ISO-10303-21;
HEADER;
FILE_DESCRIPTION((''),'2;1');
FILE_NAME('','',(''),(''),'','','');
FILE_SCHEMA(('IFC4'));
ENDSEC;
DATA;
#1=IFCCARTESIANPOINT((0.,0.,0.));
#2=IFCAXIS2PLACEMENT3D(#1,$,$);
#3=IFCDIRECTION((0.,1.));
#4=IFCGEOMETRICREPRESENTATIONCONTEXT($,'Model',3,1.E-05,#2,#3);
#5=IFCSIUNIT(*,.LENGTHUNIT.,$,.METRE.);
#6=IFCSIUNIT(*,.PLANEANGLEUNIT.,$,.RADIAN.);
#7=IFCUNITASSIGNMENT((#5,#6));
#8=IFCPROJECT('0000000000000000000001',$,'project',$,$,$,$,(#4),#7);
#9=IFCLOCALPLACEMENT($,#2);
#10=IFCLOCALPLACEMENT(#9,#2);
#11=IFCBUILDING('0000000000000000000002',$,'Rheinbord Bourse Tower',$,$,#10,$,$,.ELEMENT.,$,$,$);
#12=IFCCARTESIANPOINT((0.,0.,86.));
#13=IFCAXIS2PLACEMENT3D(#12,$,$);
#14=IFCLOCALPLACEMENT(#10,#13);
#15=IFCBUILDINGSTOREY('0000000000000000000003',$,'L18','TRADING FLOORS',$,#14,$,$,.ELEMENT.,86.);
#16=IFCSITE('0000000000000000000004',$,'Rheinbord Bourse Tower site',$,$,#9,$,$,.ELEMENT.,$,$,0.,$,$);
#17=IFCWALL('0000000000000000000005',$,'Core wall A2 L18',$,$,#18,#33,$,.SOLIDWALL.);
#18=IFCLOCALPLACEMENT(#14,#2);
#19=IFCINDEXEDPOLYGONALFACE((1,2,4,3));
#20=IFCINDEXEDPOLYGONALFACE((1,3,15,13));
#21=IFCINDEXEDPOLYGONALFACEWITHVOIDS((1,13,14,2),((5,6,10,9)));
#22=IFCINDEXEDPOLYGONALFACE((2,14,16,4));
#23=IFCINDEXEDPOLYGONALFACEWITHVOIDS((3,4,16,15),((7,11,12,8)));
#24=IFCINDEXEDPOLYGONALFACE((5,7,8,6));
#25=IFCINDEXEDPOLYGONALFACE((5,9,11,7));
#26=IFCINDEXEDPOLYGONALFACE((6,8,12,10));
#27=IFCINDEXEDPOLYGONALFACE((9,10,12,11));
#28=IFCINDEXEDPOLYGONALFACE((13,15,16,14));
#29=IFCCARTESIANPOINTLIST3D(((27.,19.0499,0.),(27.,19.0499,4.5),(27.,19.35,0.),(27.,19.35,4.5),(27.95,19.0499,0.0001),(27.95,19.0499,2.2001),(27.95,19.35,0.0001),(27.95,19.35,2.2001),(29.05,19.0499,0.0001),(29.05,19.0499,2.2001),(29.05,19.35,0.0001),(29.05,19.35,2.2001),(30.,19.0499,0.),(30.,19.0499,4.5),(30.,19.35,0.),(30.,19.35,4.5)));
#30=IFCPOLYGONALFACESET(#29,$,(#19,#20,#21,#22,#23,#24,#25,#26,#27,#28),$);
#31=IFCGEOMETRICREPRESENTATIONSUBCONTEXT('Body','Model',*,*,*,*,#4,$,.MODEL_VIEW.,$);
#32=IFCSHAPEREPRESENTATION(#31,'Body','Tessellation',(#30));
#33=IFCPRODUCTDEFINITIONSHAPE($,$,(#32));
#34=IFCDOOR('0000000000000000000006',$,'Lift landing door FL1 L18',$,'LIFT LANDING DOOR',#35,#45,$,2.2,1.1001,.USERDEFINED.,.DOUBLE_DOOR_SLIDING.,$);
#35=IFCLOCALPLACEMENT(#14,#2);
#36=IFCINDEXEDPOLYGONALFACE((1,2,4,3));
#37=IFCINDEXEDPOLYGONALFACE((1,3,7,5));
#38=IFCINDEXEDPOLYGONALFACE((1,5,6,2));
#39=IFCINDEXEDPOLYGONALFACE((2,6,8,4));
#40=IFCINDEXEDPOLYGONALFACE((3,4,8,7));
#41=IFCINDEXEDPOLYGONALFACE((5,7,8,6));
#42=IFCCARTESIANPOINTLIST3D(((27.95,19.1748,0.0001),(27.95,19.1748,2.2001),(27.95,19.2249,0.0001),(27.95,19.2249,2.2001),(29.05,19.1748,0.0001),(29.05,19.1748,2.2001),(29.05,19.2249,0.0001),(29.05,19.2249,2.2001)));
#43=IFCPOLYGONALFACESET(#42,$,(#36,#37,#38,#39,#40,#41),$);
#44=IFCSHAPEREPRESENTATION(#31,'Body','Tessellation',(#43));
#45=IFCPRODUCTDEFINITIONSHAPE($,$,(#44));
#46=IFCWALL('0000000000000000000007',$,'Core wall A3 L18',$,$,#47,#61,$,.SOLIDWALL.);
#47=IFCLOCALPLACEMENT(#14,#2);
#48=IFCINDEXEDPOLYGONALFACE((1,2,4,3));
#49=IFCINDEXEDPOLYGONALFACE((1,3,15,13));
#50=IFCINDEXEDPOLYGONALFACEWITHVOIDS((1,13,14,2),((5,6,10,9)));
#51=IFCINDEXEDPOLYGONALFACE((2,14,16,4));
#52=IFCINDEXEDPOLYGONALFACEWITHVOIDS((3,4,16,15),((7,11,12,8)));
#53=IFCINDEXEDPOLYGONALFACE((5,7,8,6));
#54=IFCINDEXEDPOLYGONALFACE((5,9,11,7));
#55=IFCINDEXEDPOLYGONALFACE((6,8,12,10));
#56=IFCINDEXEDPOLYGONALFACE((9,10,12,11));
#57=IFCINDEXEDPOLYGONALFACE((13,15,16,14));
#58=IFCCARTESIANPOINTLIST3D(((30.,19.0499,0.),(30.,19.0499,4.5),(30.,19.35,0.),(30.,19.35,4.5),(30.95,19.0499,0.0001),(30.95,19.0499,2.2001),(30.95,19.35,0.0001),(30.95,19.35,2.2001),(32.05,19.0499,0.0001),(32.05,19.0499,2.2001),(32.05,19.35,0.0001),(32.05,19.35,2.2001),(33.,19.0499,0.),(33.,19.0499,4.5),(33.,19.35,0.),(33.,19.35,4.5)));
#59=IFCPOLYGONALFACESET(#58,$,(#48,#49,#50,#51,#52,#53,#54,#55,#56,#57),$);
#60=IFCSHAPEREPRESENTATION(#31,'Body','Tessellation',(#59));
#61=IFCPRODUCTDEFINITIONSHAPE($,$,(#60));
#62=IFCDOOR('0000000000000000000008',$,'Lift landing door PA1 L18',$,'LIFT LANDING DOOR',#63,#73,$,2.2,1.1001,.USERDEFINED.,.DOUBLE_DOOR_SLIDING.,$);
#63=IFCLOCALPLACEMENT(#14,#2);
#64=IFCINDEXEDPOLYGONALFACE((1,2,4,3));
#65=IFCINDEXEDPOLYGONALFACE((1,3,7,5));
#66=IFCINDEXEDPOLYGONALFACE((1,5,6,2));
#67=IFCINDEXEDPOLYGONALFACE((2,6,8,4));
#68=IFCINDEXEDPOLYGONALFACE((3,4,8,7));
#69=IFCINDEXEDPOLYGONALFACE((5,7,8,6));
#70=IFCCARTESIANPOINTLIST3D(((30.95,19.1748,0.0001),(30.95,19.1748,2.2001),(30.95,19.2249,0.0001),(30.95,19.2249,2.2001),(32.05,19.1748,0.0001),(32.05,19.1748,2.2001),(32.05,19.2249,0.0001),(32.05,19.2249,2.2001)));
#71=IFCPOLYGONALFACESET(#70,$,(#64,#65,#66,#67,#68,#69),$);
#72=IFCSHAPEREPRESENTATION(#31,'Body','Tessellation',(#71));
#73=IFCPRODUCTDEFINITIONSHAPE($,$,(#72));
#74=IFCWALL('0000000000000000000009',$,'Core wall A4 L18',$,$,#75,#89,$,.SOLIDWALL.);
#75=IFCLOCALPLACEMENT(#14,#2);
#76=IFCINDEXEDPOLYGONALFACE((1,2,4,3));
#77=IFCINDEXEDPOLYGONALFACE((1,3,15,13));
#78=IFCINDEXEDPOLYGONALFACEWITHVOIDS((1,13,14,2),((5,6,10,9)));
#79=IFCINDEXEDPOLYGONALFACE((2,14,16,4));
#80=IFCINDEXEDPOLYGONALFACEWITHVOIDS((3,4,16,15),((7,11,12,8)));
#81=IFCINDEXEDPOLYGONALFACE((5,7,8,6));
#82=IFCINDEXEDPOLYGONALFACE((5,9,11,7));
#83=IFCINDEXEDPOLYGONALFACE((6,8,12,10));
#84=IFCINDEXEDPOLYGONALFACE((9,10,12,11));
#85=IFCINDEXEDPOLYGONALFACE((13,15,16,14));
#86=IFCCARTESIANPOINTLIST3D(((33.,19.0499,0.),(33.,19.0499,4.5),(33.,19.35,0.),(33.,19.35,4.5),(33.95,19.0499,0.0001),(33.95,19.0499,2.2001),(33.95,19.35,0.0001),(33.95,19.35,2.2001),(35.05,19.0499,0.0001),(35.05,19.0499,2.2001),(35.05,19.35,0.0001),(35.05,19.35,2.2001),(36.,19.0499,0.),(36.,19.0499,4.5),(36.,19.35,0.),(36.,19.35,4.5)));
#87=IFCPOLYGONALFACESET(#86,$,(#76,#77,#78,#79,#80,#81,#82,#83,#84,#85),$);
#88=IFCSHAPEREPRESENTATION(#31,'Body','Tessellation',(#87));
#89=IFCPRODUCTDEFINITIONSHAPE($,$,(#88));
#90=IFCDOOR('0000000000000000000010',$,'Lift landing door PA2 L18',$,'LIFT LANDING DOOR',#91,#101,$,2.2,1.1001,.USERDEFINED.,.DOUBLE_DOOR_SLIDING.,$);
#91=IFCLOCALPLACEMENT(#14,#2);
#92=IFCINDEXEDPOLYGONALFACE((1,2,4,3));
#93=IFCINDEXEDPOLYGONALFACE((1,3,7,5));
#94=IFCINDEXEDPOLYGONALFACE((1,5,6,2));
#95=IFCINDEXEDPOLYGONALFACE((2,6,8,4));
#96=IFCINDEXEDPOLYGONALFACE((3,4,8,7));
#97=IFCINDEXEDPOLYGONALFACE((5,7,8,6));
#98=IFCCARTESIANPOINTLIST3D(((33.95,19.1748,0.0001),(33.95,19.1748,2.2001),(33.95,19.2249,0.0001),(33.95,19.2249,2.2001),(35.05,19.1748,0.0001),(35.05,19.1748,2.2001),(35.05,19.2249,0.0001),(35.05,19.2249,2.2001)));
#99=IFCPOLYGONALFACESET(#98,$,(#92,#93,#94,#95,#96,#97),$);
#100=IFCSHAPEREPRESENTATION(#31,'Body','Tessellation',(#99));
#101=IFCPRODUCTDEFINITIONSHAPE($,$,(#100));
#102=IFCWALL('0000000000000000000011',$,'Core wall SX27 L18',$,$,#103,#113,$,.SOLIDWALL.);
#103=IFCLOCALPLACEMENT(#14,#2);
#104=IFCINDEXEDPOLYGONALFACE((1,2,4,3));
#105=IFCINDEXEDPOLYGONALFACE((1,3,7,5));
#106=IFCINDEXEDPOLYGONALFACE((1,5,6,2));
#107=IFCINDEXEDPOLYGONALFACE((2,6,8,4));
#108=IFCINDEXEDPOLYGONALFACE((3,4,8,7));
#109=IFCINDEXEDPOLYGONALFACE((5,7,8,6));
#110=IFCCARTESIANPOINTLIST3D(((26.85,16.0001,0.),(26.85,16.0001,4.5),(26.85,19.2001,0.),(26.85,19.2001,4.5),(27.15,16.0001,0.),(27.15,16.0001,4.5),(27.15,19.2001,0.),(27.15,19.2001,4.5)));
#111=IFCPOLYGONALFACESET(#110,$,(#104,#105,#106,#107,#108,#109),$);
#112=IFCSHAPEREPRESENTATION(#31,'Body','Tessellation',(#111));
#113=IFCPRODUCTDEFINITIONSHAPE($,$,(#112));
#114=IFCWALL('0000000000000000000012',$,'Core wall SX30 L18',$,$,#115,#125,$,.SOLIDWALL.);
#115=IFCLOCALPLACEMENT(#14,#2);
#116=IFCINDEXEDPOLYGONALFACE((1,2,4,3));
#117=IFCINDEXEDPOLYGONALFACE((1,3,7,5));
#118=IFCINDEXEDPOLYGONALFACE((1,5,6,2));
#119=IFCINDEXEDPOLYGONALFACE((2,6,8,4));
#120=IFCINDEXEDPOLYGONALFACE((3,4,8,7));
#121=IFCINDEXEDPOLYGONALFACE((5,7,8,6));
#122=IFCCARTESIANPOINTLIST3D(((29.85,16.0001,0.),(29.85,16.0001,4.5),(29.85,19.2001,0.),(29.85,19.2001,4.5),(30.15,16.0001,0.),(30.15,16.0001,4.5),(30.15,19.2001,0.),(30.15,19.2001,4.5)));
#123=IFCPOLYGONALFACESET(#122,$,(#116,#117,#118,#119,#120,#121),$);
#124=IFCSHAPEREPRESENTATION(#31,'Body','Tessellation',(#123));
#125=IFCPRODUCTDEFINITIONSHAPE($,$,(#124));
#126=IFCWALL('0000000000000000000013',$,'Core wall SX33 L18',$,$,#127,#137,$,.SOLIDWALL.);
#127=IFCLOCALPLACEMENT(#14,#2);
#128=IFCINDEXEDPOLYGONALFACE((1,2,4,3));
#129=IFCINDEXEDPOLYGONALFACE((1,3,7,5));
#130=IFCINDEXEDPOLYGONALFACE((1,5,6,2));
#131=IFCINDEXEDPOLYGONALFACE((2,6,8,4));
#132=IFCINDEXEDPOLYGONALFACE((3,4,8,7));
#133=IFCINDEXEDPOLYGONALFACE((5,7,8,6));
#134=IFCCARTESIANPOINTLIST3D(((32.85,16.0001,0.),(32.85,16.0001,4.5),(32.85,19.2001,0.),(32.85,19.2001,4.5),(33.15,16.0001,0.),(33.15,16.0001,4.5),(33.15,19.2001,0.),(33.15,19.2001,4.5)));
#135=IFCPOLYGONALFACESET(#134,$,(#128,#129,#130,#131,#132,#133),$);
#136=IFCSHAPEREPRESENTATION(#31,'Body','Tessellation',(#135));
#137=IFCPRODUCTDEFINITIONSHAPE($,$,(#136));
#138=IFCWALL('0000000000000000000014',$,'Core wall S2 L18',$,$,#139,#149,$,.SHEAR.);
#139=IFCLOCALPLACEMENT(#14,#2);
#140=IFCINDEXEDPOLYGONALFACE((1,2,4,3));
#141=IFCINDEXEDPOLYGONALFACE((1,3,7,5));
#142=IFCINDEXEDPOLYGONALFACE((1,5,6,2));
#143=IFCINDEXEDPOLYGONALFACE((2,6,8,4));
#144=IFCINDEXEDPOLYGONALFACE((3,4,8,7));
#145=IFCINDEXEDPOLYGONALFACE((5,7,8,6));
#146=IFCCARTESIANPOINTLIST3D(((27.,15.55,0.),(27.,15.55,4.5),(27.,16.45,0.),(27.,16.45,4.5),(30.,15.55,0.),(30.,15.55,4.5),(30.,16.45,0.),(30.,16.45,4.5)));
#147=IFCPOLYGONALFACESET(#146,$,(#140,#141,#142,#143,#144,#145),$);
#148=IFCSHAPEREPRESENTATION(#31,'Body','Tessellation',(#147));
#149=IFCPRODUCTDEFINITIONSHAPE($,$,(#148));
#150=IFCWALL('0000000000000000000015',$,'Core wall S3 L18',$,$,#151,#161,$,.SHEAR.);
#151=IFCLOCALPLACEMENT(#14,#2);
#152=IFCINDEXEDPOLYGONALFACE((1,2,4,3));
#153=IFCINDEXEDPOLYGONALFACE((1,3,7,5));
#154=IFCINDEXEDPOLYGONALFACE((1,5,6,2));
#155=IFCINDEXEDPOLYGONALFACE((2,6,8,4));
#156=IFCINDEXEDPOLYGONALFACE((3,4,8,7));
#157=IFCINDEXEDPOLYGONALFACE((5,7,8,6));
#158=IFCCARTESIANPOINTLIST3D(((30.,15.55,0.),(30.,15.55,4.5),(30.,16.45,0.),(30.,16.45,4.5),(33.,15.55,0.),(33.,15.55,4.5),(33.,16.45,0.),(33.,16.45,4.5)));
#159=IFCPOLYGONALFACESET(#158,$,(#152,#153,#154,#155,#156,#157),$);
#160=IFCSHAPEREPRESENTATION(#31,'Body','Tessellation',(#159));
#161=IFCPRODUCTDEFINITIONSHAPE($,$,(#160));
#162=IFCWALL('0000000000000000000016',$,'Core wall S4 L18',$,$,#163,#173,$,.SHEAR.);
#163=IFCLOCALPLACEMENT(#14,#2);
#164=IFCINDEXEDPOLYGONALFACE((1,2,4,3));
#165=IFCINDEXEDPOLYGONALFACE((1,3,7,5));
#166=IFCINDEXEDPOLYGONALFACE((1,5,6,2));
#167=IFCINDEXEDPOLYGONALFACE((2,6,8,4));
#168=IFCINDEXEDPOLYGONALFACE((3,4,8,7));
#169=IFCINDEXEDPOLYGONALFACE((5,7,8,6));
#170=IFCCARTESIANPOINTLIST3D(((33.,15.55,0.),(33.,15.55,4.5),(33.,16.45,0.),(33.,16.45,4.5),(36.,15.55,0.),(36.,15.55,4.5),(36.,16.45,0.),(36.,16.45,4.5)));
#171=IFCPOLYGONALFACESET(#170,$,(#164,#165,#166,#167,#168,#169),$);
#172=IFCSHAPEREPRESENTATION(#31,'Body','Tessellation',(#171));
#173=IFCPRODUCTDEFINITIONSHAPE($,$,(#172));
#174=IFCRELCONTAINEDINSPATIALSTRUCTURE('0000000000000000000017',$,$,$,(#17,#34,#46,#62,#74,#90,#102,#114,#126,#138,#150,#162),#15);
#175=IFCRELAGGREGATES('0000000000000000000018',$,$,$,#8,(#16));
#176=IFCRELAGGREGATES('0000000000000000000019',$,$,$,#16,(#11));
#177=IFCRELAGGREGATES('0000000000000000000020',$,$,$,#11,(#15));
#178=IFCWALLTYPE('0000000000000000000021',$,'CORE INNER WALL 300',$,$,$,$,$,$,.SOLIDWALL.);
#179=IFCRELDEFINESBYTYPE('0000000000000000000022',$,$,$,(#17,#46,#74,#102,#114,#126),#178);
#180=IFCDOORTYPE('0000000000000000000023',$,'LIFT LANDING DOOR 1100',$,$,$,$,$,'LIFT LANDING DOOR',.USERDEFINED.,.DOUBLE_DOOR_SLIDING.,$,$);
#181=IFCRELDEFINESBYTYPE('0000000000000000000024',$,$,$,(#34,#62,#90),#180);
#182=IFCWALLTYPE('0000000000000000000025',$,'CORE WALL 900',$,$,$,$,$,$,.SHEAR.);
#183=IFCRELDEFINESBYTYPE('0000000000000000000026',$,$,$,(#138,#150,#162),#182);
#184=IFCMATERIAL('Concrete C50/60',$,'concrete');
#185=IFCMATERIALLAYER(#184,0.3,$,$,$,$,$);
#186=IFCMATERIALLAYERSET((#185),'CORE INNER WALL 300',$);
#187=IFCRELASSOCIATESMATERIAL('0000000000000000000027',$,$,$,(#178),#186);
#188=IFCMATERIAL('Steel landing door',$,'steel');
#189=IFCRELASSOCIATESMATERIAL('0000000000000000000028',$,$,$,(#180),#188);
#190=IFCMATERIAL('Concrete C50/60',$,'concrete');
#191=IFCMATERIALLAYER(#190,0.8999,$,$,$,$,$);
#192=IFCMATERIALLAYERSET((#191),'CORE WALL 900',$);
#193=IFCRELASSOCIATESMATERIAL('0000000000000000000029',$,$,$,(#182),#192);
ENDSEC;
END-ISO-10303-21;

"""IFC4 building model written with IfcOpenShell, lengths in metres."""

from ifc_helpers import new_model, si_unit, direction, frame, frame_2d, origin, place, context, subcontext, project, spatial, rectangle, extrude, material, layer, layer_set, type_object, element, fill, save


model = new_model("IFC4")

# Units and contexts
model_context = context("Model", 3, precision=1e-05, world=origin(), true_north=direction((0.0, 1.0)))
body_context = subcontext(model_context, "Body", "Model", "MODEL_VIEW")
ifc_project = project(units=[si_unit("LENGTHUNIT", "METRE"), si_unit("PLANEANGLEUNIT", "RADIAN")], contexts=[model_context])

# Site, building, storey
site_placement = place(None, origin())
site = spatial("IfcSite", under=ifc_project, at=site_placement, Name="Rheinbord Bourse Tower site", CompositionType="ELEMENT", RefElevation=0.0)
building_placement = place(site_placement, origin())
building = spatial("IfcBuilding", under=site, at=building_placement, Name="Rheinbord Bourse Tower", CompositionType="ELEMENT")
storey_placement = place(building_placement, frame((0.0, 0.0, 86.0)))
storey = spatial("IfcBuildingStorey", under=building, at=storey_placement, Name="L18", Description="TRADING FLOORS", CompositionType="ELEMENT", Elevation=86.0)

# Walls, openings, doors
ifc_material_1 = material(Name="Concrete C50/60", Category="concrete")
ifc_layer_1 = layer(ifc_material_1, 0.3)
ifc_layer_set_1 = layer_set([ifc_layer_1], Name="CORE INNER WALL 300")
wall_type_1 = type_object("IfcWallType", Name="CORE INNER WALL 300", PredefinedType="SOLIDWALL", material=ifc_layer_set_1)
wall_1_placement = place(storey_placement, frame((27.0, 19.2, 0.0), z_axis=(0.0, 0.0, 1.0), x_axis=(1.0, 0.0, 0.0)))
wall_1 = element("IfcWall", 1, at=wall_1_placement, inside=storey, type_object=wall_type_1, Name="Core wall A2 L18", PredefinedType="SOLIDWALL", context=body_context, shape_type="SweptSolid", body=[
    extrude(rectangle(XDim=3.0, YDim=0.3, at=frame_2d((1.5, 0.0))), origin(), (0.0, 0.0, 1.0), 4.5),
])
opening_1_placement = place(wall_1_placement, frame((0.95, 0.0, 0.0)))
opening_1 = element("IfcOpeningElement", 2, at=opening_1_placement, cuts=wall_1, PredefinedType="OPENING", context=body_context, shape_type="SweptSolid", body=[
    extrude(rectangle(XDim=1.1001, YDim=2.2, at=frame_2d((0.55, 1.1001))), frame((0.0, 0.1599, 0.0), z_axis=(0.0, -1.0, 0.0), x_axis=(1.0, 0.0, 0.0)), (0.0, 0.0, 1.0), 0.3201),
])
ifc_material_2 = material(Name="Steel landing door", Category="steel")
door_type_1 = type_object("IfcDoorType", Name="LIFT LANDING DOOR 1100", ElementType="LIFT LANDING DOOR", OperationType="DOUBLE_DOOR_SLIDING", PredefinedType="USERDEFINED", material=ifc_material_2)
door_1_placement = place(opening_1_placement, origin())
door_1 = element("IfcDoor", 3, at=door_1_placement, inside=storey, type_object=door_type_1, Name="Lift landing door FL1 L18", ObjectType="LIFT LANDING DOOR", OperationType="DOUBLE_DOOR_SLIDING", OverallHeight=2.2, OverallWidth=1.1001, PredefinedType="USERDEFINED", context=body_context, shape_type="SweptSolid", body=[
    extrude(rectangle(XDim=1.1001, YDim=2.2, at=frame_2d((0.55, 1.1001))), frame((0.0, 0.0249, 0.0), z_axis=(0.0, -1.0, 0.0), x_axis=(1.0, 0.0, 0.0)), (0.0, 0.0, 1.0), 0.05),
])
fill(opening_1, door_1)
wall_2_placement = place(storey_placement, frame((30.0, 19.2, 0.0), z_axis=(0.0, 0.0, 1.0), x_axis=(1.0, 0.0, 0.0)))
wall_2 = element("IfcWall", 4, at=wall_2_placement, inside=storey, type_object=wall_type_1, Name="Core wall A3 L18", PredefinedType="SOLIDWALL", context=body_context, shape_type="SweptSolid", body=[
    extrude(rectangle(XDim=3.0, YDim=0.3, at=frame_2d((1.5, 0.0))), origin(), (0.0, 0.0, 1.0), 4.5),
])
opening_2_placement = place(wall_2_placement, frame((0.95, 0.0, 0.0)))
opening_2 = element("IfcOpeningElement", 5, at=opening_2_placement, cuts=wall_2, PredefinedType="OPENING", context=body_context, shape_type="SweptSolid", body=[
    extrude(rectangle(XDim=1.1001, YDim=2.2, at=frame_2d((0.55, 1.1001))), frame((0.0, 0.1599, 0.0), z_axis=(0.0, -1.0, 0.0), x_axis=(1.0, 0.0, 0.0)), (0.0, 0.0, 1.0), 0.3201),
])
door_2_placement = place(opening_2_placement, origin())
door_2 = element("IfcDoor", 6, at=door_2_placement, inside=storey, type_object=door_type_1, Name="Lift landing door PA1 L18", ObjectType="LIFT LANDING DOOR", OperationType="DOUBLE_DOOR_SLIDING", OverallHeight=2.2, OverallWidth=1.1001, PredefinedType="USERDEFINED", context=body_context, shape_type="SweptSolid", body=[
    extrude(rectangle(XDim=1.1001, YDim=2.2, at=frame_2d((0.55, 1.1001))), frame((0.0, 0.0249, 0.0), z_axis=(0.0, -1.0, 0.0), x_axis=(1.0, 0.0, 0.0)), (0.0, 0.0, 1.0), 0.05),
])
fill(opening_2, door_2)
wall_3_placement = place(storey_placement, frame((33.0, 19.2, 0.0), z_axis=(0.0, 0.0, 1.0), x_axis=(1.0, 0.0, 0.0)))
wall_3 = element("IfcWall", 7, at=wall_3_placement, inside=storey, type_object=wall_type_1, Name="Core wall A4 L18", PredefinedType="SOLIDWALL", context=body_context, shape_type="SweptSolid", body=[
    extrude(rectangle(XDim=3.0, YDim=0.3, at=frame_2d((1.5, 0.0))), origin(), (0.0, 0.0, 1.0), 4.5),
])
opening_3_placement = place(wall_3_placement, frame((0.95, 0.0, 0.0)))
opening_3 = element("IfcOpeningElement", 8, at=opening_3_placement, cuts=wall_3, PredefinedType="OPENING", context=body_context, shape_type="SweptSolid", body=[
    extrude(rectangle(XDim=1.1001, YDim=2.2, at=frame_2d((0.55, 1.1001))), frame((0.0, 0.1599, 0.0), z_axis=(0.0, -1.0, 0.0), x_axis=(1.0, 0.0, 0.0)), (0.0, 0.0, 1.0), 0.3201),
])
door_3_placement = place(opening_3_placement, origin())
door_3 = element("IfcDoor", 9, at=door_3_placement, inside=storey, type_object=door_type_1, Name="Lift landing door PA2 L18", ObjectType="LIFT LANDING DOOR", OperationType="DOUBLE_DOOR_SLIDING", OverallHeight=2.2, OverallWidth=1.1001, PredefinedType="USERDEFINED", context=body_context, shape_type="SweptSolid", body=[
    extrude(rectangle(XDim=1.1001, YDim=2.2, at=frame_2d((0.55, 1.1001))), frame((0.0, 0.0249, 0.0), z_axis=(0.0, -1.0, 0.0), x_axis=(1.0, 0.0, 0.0)), (0.0, 0.0, 1.0), 0.05),
])
fill(opening_3, door_3)

# Walls
for number, where, z_axis, x_axis, name in (
    (10, (27.0, 16.0, 0.0), (0.0, 0.0, 1.0), (0.0, 1.0, 0.0), "Core wall SX27 L18"),
    (11, (30.0, 16.0, 0.0), (0.0, 0.0, 1.0), (0.0, 1.0, 0.0), "Core wall SX30 L18"),
    (12, (33.0, 16.0, 0.0), (0.0, 0.0, 1.0), (0.0, 1.0, 0.0), "Core wall SX33 L18"),
):
    element("IfcWall", number, at=place(storey_placement, frame(where, z_axis=z_axis, x_axis=x_axis)), inside=storey, type_object=wall_type_1, Name=name, PredefinedType="SOLIDWALL", context=body_context, shape_type="SweptSolid", body=[
        extrude(rectangle(XDim=3.2, YDim=0.3, at=frame_2d((1.6001, 0.0))), origin(), (0.0, 0.0, 1.0), 4.5),
    ])
ifc_material_3 = material(Name="Concrete C50/60", Category="concrete")
ifc_layer_2 = layer(ifc_material_3, 0.8999)
ifc_layer_set_2 = layer_set([ifc_layer_2], Name="CORE WALL 900")
wall_type_2 = type_object("IfcWallType", Name="CORE WALL 900", PredefinedType="SHEAR", material=ifc_layer_set_2)
for number, where, z_axis, x_axis, name in (
    (13, (27.0, 16.0, 0.0), (0.0, 0.0, 1.0), (1.0, 0.0, 0.0), "Core wall S2 L18"),
    (14, (30.0, 16.0, 0.0), (0.0, 0.0, 1.0), (1.0, 0.0, 0.0), "Core wall S3 L18"),
    (15, (33.0, 16.0, 0.0), (0.0, 0.0, 1.0), (1.0, 0.0, 0.0), "Core wall S4 L18"),
):
    element("IfcWall", number, at=place(storey_placement, frame(where, z_axis=z_axis, x_axis=x_axis)), inside=storey, type_object=wall_type_2, Name=name, PredefinedType="SHEAR", context=body_context, shape_type="SweptSolid", body=[
        extrude(rectangle(XDim=3.0, YDim=0.8999, at=frame_2d((1.5, 0.0))), origin(), (0.0, 0.0, 1.0), 4.5),
    ])

save(model, "model.ifc")
